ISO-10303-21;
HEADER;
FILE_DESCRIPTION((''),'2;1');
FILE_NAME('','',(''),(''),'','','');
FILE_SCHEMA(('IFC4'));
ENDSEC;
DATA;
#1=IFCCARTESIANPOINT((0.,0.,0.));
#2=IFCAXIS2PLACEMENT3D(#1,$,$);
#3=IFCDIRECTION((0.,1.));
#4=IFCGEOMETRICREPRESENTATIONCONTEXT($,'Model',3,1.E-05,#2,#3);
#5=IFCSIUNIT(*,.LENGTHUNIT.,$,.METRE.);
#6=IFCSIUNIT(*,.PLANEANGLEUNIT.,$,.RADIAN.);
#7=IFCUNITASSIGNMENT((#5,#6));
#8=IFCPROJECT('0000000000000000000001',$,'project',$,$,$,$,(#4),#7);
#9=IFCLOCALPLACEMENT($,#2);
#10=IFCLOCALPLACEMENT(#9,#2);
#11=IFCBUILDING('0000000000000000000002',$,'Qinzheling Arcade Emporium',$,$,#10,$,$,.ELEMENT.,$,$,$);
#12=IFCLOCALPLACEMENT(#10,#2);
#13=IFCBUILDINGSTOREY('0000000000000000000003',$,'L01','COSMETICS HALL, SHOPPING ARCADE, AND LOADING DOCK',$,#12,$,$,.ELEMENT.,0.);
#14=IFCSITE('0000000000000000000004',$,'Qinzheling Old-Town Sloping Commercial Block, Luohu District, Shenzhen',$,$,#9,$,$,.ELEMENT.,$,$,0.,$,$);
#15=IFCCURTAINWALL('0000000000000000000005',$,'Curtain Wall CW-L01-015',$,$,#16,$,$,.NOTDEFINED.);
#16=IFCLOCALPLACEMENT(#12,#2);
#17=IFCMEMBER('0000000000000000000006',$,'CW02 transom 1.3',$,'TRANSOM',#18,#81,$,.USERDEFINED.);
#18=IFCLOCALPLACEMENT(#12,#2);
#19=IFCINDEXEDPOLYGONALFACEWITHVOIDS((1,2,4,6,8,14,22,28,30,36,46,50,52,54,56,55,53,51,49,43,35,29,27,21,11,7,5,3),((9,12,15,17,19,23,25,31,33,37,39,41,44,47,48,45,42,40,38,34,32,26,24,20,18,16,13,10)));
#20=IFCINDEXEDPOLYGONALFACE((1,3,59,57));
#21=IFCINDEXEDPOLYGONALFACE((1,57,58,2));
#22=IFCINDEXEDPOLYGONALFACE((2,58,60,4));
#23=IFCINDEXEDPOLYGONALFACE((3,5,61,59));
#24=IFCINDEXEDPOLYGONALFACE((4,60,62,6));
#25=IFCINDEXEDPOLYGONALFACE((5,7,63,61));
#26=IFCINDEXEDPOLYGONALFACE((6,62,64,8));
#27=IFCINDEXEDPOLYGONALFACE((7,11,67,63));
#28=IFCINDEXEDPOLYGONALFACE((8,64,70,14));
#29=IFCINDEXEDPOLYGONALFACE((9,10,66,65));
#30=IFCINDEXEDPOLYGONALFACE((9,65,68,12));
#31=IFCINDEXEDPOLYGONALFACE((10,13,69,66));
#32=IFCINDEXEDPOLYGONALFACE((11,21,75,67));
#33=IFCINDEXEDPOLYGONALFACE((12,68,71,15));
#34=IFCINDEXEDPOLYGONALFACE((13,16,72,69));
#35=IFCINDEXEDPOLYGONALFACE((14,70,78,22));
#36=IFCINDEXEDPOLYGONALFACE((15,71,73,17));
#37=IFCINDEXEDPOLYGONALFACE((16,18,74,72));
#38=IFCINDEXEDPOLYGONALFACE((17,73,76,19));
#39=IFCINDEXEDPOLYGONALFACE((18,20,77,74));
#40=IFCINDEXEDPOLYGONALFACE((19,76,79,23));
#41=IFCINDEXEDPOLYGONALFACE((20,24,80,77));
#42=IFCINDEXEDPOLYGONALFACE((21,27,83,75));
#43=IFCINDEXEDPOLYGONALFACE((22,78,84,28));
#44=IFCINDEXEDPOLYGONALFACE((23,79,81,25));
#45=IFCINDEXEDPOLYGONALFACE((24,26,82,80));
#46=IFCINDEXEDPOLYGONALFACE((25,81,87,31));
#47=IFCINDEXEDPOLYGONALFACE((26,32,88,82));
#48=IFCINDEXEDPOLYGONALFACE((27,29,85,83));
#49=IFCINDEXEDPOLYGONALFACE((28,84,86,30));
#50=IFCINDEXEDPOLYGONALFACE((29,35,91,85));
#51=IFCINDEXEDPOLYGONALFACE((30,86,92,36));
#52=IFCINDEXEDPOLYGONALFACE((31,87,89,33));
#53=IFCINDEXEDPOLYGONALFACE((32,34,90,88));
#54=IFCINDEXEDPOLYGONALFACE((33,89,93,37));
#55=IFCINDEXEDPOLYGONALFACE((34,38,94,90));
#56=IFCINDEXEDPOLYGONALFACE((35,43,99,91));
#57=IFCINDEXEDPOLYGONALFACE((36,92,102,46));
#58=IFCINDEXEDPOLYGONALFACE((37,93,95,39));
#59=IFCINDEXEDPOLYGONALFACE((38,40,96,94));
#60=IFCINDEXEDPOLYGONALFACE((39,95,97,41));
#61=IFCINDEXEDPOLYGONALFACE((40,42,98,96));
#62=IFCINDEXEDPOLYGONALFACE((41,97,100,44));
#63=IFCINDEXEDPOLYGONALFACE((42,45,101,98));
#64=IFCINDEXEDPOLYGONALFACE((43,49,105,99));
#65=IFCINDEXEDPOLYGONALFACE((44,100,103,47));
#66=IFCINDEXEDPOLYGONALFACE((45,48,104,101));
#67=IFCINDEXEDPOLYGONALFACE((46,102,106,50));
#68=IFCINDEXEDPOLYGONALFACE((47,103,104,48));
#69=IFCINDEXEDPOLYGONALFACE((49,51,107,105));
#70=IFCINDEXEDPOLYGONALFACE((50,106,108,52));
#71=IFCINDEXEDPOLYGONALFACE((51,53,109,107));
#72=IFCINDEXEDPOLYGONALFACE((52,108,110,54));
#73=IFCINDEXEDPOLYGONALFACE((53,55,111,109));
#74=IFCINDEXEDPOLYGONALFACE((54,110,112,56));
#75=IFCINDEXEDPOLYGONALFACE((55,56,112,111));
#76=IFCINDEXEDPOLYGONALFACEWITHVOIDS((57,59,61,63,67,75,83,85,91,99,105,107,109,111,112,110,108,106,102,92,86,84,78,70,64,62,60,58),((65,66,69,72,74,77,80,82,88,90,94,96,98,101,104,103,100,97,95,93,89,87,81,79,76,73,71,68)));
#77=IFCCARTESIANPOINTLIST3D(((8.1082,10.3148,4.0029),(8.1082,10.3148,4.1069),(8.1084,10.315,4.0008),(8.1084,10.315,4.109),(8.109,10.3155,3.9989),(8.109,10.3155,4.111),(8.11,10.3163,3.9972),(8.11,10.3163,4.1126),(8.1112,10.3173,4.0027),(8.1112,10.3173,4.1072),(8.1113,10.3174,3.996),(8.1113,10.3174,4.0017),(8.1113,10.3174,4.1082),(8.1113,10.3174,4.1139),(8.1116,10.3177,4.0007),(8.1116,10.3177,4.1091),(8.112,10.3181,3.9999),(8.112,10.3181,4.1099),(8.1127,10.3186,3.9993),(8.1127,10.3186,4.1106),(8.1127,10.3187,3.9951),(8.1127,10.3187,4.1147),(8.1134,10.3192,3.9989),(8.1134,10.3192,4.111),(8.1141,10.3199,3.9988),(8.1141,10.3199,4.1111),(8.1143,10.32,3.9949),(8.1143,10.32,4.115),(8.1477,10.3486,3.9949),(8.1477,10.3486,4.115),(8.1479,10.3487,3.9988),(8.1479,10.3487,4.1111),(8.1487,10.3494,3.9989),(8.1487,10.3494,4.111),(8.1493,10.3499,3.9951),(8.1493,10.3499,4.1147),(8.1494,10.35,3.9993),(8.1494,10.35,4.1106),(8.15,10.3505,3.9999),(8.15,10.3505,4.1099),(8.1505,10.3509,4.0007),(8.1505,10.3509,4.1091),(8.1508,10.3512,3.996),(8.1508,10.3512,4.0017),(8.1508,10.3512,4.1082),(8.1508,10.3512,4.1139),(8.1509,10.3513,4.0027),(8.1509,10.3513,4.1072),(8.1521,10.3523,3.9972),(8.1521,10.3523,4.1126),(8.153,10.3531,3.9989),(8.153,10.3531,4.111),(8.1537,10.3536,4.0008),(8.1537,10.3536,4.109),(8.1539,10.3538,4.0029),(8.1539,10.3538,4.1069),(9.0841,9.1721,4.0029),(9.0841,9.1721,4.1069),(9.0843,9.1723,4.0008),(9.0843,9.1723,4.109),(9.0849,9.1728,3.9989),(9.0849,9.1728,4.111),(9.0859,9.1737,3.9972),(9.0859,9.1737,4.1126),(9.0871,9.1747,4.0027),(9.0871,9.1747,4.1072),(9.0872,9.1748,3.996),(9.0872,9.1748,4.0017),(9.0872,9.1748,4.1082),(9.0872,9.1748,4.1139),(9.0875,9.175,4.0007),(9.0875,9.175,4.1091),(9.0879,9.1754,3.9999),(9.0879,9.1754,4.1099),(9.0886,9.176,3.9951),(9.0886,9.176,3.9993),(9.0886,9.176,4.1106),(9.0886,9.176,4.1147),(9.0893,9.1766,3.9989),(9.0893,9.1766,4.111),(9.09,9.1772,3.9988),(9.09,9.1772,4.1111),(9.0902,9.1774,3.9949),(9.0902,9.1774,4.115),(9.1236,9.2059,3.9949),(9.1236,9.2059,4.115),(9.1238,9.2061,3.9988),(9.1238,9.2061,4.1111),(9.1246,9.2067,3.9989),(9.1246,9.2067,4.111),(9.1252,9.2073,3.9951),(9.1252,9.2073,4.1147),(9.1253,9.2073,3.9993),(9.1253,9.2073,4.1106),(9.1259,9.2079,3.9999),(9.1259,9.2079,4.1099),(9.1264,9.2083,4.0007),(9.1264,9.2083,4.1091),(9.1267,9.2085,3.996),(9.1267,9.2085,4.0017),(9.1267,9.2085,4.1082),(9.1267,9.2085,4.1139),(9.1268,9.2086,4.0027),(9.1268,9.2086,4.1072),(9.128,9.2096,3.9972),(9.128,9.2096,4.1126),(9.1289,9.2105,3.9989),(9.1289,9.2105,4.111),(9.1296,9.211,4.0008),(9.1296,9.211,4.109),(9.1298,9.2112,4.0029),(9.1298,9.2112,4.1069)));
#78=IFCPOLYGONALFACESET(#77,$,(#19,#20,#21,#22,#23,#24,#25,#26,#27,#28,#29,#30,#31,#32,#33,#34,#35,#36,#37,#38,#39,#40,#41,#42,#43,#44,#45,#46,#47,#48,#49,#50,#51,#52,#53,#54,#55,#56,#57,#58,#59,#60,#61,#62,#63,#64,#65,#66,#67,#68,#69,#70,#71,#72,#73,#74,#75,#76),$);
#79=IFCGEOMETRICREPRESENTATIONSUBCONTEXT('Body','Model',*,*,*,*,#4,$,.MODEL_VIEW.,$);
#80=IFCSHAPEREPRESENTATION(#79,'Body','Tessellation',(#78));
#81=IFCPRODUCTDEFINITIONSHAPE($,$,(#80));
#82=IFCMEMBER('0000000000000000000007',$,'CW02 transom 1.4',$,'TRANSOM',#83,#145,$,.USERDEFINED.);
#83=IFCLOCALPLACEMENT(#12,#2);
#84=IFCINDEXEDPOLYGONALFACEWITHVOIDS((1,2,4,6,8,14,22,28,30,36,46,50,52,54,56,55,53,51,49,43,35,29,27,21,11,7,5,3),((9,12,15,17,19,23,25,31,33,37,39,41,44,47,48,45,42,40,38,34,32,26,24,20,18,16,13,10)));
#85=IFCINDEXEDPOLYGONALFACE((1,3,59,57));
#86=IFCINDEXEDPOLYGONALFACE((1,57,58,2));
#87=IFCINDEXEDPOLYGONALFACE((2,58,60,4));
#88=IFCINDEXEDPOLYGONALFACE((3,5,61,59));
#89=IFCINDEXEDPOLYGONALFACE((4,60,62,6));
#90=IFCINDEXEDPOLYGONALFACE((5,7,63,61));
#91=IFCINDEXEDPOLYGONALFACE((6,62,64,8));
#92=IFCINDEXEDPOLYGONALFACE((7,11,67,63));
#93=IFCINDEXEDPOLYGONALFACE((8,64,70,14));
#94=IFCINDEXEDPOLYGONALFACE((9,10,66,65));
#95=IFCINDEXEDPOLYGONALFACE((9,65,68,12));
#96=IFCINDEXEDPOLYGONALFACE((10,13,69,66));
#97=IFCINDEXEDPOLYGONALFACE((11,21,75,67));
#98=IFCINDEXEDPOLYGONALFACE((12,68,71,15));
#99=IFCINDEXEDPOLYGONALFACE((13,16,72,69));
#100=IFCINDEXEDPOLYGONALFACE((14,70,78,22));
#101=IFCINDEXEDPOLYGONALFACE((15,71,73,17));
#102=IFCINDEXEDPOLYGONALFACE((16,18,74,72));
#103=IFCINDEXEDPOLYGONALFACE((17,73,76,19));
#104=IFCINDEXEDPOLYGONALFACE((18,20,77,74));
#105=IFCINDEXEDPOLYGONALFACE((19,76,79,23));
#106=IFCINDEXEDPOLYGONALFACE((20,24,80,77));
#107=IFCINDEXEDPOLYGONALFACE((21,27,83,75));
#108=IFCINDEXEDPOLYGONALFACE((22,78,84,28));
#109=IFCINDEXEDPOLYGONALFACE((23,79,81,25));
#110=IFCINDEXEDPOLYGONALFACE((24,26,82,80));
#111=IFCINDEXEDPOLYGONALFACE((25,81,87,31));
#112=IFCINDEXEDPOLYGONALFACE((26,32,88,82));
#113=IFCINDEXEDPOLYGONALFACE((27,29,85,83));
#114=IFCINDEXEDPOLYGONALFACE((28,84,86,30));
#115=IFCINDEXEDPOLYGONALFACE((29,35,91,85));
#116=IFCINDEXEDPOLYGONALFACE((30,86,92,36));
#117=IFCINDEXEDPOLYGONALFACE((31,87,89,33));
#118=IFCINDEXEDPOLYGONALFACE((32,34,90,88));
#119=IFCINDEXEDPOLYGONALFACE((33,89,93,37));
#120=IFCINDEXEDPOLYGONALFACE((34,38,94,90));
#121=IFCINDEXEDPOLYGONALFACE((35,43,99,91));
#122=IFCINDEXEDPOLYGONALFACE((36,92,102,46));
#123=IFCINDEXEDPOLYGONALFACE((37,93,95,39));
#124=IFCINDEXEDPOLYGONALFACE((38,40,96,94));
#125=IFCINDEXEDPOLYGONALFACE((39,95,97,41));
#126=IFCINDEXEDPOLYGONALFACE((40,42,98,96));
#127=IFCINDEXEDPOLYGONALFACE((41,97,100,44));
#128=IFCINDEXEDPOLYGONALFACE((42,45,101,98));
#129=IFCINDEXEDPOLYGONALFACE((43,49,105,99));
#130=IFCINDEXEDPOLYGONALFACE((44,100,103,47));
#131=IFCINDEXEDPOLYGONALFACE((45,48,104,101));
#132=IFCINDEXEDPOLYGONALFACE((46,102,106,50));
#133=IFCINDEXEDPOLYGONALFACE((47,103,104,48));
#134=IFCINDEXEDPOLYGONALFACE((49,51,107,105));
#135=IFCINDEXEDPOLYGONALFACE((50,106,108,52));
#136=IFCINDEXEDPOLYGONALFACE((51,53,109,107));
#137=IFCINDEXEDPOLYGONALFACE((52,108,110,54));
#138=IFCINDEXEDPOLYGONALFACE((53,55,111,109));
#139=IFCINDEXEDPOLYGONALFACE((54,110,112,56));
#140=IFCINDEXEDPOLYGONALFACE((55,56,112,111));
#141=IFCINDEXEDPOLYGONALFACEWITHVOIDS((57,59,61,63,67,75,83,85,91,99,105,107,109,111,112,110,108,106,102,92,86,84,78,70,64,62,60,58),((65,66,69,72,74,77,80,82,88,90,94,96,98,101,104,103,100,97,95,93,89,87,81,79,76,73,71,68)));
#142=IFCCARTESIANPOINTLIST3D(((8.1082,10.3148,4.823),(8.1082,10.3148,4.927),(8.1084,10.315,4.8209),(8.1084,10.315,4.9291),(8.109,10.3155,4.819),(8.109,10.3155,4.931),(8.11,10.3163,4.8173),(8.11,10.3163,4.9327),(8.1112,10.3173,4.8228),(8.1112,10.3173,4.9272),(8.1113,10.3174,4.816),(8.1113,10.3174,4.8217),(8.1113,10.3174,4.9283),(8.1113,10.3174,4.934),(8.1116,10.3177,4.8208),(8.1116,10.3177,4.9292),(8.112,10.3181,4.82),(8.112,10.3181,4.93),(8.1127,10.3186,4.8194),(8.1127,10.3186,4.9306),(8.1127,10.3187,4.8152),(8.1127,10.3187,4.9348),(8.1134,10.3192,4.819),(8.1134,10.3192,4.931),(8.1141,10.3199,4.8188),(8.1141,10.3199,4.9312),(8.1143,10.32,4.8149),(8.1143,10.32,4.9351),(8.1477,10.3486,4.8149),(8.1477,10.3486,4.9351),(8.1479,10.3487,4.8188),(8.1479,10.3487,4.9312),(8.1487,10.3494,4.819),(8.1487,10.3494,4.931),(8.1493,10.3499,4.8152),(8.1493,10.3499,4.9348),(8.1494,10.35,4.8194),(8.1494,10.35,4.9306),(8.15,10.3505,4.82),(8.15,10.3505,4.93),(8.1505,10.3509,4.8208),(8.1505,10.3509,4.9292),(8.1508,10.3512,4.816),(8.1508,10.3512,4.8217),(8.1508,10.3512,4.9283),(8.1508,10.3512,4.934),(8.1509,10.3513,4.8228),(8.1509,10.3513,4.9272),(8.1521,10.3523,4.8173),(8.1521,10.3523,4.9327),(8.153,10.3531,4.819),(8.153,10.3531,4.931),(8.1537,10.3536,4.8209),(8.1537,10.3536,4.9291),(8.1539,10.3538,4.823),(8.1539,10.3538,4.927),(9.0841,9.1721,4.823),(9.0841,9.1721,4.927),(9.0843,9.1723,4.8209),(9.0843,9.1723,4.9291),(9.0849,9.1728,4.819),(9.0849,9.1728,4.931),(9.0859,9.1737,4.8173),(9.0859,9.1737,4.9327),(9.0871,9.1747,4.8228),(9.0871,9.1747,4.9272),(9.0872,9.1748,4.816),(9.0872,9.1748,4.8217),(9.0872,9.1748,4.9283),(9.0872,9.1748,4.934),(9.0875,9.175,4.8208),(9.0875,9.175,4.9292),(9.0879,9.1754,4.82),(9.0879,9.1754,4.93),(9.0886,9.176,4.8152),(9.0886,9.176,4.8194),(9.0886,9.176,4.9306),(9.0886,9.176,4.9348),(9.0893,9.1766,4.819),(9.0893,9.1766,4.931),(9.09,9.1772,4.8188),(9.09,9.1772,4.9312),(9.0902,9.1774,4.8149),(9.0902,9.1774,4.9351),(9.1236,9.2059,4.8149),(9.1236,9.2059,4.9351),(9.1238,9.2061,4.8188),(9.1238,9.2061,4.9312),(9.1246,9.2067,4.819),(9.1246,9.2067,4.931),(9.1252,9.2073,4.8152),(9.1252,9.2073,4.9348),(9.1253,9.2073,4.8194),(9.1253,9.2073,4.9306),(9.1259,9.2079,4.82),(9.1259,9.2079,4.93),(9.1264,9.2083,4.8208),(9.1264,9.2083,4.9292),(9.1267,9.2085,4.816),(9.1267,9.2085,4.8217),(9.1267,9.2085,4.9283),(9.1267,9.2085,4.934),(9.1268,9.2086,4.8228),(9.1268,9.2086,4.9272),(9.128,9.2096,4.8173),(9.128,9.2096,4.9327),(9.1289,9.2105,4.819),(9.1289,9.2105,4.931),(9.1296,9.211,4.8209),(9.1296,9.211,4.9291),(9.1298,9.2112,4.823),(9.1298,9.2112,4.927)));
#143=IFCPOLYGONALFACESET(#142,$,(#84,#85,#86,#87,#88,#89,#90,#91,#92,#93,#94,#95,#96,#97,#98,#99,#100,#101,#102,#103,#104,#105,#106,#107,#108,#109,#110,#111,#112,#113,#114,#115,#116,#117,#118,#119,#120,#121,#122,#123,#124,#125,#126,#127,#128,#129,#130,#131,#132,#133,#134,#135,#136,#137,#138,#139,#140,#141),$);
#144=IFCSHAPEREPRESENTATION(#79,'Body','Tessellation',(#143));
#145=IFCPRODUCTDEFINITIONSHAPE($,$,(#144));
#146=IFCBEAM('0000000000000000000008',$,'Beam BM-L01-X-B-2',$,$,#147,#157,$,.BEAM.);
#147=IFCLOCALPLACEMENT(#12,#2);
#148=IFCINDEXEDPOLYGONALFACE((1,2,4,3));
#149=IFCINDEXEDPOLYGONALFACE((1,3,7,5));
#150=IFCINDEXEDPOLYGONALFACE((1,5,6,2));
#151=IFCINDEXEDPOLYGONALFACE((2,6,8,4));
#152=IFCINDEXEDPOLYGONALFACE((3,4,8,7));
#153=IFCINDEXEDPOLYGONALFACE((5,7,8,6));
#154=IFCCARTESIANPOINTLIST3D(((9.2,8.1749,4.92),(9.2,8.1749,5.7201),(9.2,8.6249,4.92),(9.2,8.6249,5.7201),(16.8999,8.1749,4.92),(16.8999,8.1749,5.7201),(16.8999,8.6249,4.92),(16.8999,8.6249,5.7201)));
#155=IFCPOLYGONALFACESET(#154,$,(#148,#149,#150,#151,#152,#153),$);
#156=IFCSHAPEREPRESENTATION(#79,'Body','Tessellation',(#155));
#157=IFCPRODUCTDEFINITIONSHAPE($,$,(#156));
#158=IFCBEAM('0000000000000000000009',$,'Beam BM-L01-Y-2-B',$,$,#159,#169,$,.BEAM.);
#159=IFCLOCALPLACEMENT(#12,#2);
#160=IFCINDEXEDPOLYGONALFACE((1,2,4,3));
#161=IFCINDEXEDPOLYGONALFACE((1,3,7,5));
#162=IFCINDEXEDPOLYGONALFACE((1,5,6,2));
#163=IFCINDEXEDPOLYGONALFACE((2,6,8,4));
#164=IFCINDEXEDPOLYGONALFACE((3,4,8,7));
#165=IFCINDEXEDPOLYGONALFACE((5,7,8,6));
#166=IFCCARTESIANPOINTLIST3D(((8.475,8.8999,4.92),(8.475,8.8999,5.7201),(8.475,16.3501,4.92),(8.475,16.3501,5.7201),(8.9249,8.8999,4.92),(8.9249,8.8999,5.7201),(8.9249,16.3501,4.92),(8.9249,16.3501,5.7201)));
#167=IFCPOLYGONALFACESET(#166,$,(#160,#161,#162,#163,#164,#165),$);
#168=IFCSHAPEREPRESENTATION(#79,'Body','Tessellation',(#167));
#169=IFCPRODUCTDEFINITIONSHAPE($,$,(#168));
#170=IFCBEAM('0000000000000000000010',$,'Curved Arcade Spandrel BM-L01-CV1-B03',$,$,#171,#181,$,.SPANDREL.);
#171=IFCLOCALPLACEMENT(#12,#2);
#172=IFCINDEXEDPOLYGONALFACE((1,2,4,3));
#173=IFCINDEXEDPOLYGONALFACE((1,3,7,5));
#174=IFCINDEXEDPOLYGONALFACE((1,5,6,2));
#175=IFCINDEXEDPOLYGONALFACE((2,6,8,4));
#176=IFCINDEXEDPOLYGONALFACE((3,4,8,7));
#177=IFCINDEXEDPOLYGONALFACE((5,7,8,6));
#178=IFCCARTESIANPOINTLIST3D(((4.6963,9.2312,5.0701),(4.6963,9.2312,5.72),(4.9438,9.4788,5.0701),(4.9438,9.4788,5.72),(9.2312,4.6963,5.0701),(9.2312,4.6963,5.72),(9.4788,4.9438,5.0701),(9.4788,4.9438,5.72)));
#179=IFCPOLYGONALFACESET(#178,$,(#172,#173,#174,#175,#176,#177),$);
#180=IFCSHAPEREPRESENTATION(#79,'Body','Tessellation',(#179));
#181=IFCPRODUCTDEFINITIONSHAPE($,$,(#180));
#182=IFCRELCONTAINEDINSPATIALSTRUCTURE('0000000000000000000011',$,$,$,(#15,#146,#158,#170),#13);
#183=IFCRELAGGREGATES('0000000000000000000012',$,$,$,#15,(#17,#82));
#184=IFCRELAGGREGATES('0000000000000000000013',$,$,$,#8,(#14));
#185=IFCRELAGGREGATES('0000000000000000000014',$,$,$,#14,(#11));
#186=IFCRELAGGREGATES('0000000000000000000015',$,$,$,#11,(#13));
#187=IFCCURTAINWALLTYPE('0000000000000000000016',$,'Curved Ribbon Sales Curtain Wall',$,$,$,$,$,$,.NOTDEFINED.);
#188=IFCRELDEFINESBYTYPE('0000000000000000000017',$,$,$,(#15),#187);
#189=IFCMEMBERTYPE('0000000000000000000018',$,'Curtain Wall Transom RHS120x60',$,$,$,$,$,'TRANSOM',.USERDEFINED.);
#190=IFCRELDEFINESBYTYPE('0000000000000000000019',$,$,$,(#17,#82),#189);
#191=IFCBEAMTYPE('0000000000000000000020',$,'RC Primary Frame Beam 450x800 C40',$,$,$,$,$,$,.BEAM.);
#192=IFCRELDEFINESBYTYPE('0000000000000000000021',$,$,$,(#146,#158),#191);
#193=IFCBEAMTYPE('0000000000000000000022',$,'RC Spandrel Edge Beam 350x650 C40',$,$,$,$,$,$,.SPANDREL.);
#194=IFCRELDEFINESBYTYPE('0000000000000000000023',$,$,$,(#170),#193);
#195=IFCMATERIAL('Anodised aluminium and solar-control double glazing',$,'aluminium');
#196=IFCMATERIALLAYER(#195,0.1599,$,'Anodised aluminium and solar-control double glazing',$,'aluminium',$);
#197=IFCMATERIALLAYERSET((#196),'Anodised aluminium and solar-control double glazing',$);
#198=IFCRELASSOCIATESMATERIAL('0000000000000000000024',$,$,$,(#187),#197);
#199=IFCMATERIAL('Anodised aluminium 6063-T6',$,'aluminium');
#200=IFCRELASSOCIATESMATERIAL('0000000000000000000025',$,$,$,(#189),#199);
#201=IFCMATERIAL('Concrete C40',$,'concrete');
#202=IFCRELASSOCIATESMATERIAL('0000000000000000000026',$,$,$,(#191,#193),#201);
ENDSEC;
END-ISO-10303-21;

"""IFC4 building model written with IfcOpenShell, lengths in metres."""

from ifc_helpers import new_model, si_unit, direction, frame, origin, origin_2d, place, context, subcontext, project, spatial, rectangle, hollow_rectangle, extrude, material, layer, layer_set, material_profile, profile_set, type_object, element, aggregate, save


model = new_model("IFC4")

# Units and contexts
model_context = context("Model", 3, precision=1e-05, world=origin(), true_north=direction((0.0, 1.0)))
body_context = subcontext(model_context, "Body", "Model", "MODEL_VIEW")
ifc_project = project(units=[si_unit("LENGTHUNIT", "METRE"), si_unit("PLANEANGLEUNIT", "RADIAN")], contexts=[model_context])

# Site, building, storey
site_placement = place(None, origin())
site = spatial("IfcSite", under=ifc_project, at=site_placement, Name="Qinzheling Old-Town Sloping Commercial Block, Luohu District, Shenzhen", CompositionType="ELEMENT", RefElevation=0.0)
building_placement = place(site_placement, origin())
building = spatial("IfcBuilding", under=site, at=building_placement, Name="Qinzheling Arcade Emporium", CompositionType="ELEMENT")
storey_placement = place(building_placement, origin())
storey = spatial("IfcBuildingStorey", under=building, at=storey_placement, Name="L01", Description="COSMETICS HALL, SHOPPING ARCADE, AND LOADING DOCK", CompositionType="ELEMENT", Elevation=0.0)

# Shared definitions
ifc_material_1 = material(Name="Anodised aluminium and solar-control double glazing", Category="aluminium")
ifc_layer_1 = layer(ifc_material_1, 0.1599, Name="Anodised aluminium and solar-control double glazing", Category="aluminium")
ifc_layer_set_1 = layer_set([ifc_layer_1], Name="Anodised aluminium and solar-control double glazing")
curtain_wall_type = type_object("IfcCurtainWallType", Name="Curved Ribbon Sales Curtain Wall", PredefinedType="NOTDEFINED", material=ifc_layer_set_1)
ifc_material_2 = material(Name="Anodised aluminium 6063-T6", Category="aluminium")

# Curtain wall, members
curtain_wall_1_placement = place(storey_placement, origin())
curtain_wall_1 = element("IfcCurtainWall", 1, at=curtain_wall_1_placement, inside=storey, type_object=curtain_wall_type, Name="Curtain Wall CW-L01-015", PredefinedType="NOTDEFINED")
ifc_material_profile_1 = material_profile(ifc_material_2, hollow_rectangle(XDim=0.0601, YDim=0.1201, WallThickness=0.0039, InnerFilletRadius=0.0039, OuterFilletRadius=0.0081, at=origin_2d()), Name="RHS 120x60x4", Category="aluminium")
ifc_profile_set_1 = profile_set([ifc_material_profile_1], Name="Anodised aluminium 6063-T6")
member_type_1 = type_object("IfcMemberType", Name="Curtain Wall Transom RHS120x60", ElementType="TRANSOM", PredefinedType="USERDEFINED", material=ifc_profile_set_1)
member_1_placement = place(storey_placement, frame((9.1069, 9.1917, 4.0549), z_axis=(-0.649439, 0.760414, 0.0), x_axis=(-0.760414, -0.649439, 0.0)))
member_1 = element("IfcMember", 2, at=member_1_placement, type_object=member_type_1, Name="CW02 transom 1.3", ObjectType="TRANSOM", PredefinedType="USERDEFINED", context=body_context, shape_type="SweptSolid", body=[
    extrude(hollow_rectangle(XDim=0.0601, YDim=0.1201, WallThickness=0.0039, InnerFilletRadius=0.0039, OuterFilletRadius=0.0081, at=origin_2d()), origin(), (0.0, 0.0, 1.0), 1.5027),
])
member_2_placement = place(storey_placement, frame((9.1069, 9.1917, 4.875), z_axis=(-0.649439, 0.760414, 0.0), x_axis=(-0.760414, -0.649439, 0.0)))
member_2 = element("IfcMember", 3, at=member_2_placement, type_object=member_type_1, Name="CW02 transom 1.4", ObjectType="TRANSOM", PredefinedType="USERDEFINED", context=body_context, shape_type="SweptSolid", body=[
    extrude(hollow_rectangle(XDim=0.0601, YDim=0.1201, WallThickness=0.0039, InnerFilletRadius=0.0039, OuterFilletRadius=0.0081, at=origin_2d()), origin(), (0.0, 0.0, 1.0), 1.5027),
])
aggregate(curtain_wall_1, [member_1, member_2])

# Beams
ifc_material_3 = material(Name="Concrete C40", Category="concrete")
ifc_material_profile_2 = material_profile(ifc_material_3, rectangle(XDim=0.45, YDim=0.8, at=origin_2d()), Name="RC 450x800", Category="concrete")
ifc_profile_set_2 = profile_set([ifc_material_profile_2], Name="Concrete C40")
beam_type_1 = type_object("IfcBeamType", Name="RC Primary Frame Beam 450x800 C40", PredefinedType="BEAM", material=ifc_profile_set_2)
beam_1_placement = place(storey_placement, frame((9.2, 8.3999, 5.3201), z_axis=(1.0, 0.0, 0.0), x_axis=(0.0, 1.0, 0.0)))
element("IfcBeam", 4, at=beam_1_placement, inside=storey, type_object=beam_type_1, Name="Beam BM-L01-X-B-2", PredefinedType="BEAM", context=body_context, shape_type="SweptSolid", body=[
    extrude(rectangle(XDim=0.45, YDim=0.8, at=origin_2d()), origin(), (0.0, 0.0, 1.0), 7.7),
])
beam_2_placement = place(storey_placement, frame((8.7, 8.8999, 5.3201), z_axis=(0.0, 1.0, 0.0), x_axis=(-1.0, 0.0, 0.0)))
element("IfcBeam", 5, at=beam_2_placement, inside=storey, type_object=beam_type_1, Name="Beam BM-L01-Y-2-B", PredefinedType="BEAM", context=body_context, shape_type="SweptSolid", body=[
    extrude(rectangle(XDim=0.45, YDim=0.8, at=origin_2d()), origin(), (0.0, 0.0, 1.0), 7.4502),
])
ifc_material_profile_3 = material_profile(ifc_material_3, rectangle(XDim=0.3501, YDim=0.6499, at=origin_2d()), Name="RC 350x650", Category="concrete")
ifc_profile_set_3 = profile_set([ifc_material_profile_3], Name="Concrete C40")
beam_type_2 = type_object("IfcBeamType", Name="RC Spandrel Edge Beam 350x650 C40", PredefinedType="SPANDREL", material=ifc_profile_set_3)
beam_3_placement = place(storey_placement, frame((4.8201, 9.355, 5.395), z_axis=(0.707107, -0.707107, 0.0), x_axis=(0.707107, 0.707107, 0.0)))
element("IfcBeam", 6, at=beam_3_placement, inside=storey, type_object=beam_type_2, Name="Curved Arcade Spandrel BM-L01-CV1-B03", PredefinedType="SPANDREL", context=body_context, shape_type="SweptSolid", body=[
    extrude(rectangle(XDim=0.3501, YDim=0.6499, at=origin_2d()), origin(), (0.0, 0.0, 1.0), 6.4133),
])

save(model, "model.ifc")
